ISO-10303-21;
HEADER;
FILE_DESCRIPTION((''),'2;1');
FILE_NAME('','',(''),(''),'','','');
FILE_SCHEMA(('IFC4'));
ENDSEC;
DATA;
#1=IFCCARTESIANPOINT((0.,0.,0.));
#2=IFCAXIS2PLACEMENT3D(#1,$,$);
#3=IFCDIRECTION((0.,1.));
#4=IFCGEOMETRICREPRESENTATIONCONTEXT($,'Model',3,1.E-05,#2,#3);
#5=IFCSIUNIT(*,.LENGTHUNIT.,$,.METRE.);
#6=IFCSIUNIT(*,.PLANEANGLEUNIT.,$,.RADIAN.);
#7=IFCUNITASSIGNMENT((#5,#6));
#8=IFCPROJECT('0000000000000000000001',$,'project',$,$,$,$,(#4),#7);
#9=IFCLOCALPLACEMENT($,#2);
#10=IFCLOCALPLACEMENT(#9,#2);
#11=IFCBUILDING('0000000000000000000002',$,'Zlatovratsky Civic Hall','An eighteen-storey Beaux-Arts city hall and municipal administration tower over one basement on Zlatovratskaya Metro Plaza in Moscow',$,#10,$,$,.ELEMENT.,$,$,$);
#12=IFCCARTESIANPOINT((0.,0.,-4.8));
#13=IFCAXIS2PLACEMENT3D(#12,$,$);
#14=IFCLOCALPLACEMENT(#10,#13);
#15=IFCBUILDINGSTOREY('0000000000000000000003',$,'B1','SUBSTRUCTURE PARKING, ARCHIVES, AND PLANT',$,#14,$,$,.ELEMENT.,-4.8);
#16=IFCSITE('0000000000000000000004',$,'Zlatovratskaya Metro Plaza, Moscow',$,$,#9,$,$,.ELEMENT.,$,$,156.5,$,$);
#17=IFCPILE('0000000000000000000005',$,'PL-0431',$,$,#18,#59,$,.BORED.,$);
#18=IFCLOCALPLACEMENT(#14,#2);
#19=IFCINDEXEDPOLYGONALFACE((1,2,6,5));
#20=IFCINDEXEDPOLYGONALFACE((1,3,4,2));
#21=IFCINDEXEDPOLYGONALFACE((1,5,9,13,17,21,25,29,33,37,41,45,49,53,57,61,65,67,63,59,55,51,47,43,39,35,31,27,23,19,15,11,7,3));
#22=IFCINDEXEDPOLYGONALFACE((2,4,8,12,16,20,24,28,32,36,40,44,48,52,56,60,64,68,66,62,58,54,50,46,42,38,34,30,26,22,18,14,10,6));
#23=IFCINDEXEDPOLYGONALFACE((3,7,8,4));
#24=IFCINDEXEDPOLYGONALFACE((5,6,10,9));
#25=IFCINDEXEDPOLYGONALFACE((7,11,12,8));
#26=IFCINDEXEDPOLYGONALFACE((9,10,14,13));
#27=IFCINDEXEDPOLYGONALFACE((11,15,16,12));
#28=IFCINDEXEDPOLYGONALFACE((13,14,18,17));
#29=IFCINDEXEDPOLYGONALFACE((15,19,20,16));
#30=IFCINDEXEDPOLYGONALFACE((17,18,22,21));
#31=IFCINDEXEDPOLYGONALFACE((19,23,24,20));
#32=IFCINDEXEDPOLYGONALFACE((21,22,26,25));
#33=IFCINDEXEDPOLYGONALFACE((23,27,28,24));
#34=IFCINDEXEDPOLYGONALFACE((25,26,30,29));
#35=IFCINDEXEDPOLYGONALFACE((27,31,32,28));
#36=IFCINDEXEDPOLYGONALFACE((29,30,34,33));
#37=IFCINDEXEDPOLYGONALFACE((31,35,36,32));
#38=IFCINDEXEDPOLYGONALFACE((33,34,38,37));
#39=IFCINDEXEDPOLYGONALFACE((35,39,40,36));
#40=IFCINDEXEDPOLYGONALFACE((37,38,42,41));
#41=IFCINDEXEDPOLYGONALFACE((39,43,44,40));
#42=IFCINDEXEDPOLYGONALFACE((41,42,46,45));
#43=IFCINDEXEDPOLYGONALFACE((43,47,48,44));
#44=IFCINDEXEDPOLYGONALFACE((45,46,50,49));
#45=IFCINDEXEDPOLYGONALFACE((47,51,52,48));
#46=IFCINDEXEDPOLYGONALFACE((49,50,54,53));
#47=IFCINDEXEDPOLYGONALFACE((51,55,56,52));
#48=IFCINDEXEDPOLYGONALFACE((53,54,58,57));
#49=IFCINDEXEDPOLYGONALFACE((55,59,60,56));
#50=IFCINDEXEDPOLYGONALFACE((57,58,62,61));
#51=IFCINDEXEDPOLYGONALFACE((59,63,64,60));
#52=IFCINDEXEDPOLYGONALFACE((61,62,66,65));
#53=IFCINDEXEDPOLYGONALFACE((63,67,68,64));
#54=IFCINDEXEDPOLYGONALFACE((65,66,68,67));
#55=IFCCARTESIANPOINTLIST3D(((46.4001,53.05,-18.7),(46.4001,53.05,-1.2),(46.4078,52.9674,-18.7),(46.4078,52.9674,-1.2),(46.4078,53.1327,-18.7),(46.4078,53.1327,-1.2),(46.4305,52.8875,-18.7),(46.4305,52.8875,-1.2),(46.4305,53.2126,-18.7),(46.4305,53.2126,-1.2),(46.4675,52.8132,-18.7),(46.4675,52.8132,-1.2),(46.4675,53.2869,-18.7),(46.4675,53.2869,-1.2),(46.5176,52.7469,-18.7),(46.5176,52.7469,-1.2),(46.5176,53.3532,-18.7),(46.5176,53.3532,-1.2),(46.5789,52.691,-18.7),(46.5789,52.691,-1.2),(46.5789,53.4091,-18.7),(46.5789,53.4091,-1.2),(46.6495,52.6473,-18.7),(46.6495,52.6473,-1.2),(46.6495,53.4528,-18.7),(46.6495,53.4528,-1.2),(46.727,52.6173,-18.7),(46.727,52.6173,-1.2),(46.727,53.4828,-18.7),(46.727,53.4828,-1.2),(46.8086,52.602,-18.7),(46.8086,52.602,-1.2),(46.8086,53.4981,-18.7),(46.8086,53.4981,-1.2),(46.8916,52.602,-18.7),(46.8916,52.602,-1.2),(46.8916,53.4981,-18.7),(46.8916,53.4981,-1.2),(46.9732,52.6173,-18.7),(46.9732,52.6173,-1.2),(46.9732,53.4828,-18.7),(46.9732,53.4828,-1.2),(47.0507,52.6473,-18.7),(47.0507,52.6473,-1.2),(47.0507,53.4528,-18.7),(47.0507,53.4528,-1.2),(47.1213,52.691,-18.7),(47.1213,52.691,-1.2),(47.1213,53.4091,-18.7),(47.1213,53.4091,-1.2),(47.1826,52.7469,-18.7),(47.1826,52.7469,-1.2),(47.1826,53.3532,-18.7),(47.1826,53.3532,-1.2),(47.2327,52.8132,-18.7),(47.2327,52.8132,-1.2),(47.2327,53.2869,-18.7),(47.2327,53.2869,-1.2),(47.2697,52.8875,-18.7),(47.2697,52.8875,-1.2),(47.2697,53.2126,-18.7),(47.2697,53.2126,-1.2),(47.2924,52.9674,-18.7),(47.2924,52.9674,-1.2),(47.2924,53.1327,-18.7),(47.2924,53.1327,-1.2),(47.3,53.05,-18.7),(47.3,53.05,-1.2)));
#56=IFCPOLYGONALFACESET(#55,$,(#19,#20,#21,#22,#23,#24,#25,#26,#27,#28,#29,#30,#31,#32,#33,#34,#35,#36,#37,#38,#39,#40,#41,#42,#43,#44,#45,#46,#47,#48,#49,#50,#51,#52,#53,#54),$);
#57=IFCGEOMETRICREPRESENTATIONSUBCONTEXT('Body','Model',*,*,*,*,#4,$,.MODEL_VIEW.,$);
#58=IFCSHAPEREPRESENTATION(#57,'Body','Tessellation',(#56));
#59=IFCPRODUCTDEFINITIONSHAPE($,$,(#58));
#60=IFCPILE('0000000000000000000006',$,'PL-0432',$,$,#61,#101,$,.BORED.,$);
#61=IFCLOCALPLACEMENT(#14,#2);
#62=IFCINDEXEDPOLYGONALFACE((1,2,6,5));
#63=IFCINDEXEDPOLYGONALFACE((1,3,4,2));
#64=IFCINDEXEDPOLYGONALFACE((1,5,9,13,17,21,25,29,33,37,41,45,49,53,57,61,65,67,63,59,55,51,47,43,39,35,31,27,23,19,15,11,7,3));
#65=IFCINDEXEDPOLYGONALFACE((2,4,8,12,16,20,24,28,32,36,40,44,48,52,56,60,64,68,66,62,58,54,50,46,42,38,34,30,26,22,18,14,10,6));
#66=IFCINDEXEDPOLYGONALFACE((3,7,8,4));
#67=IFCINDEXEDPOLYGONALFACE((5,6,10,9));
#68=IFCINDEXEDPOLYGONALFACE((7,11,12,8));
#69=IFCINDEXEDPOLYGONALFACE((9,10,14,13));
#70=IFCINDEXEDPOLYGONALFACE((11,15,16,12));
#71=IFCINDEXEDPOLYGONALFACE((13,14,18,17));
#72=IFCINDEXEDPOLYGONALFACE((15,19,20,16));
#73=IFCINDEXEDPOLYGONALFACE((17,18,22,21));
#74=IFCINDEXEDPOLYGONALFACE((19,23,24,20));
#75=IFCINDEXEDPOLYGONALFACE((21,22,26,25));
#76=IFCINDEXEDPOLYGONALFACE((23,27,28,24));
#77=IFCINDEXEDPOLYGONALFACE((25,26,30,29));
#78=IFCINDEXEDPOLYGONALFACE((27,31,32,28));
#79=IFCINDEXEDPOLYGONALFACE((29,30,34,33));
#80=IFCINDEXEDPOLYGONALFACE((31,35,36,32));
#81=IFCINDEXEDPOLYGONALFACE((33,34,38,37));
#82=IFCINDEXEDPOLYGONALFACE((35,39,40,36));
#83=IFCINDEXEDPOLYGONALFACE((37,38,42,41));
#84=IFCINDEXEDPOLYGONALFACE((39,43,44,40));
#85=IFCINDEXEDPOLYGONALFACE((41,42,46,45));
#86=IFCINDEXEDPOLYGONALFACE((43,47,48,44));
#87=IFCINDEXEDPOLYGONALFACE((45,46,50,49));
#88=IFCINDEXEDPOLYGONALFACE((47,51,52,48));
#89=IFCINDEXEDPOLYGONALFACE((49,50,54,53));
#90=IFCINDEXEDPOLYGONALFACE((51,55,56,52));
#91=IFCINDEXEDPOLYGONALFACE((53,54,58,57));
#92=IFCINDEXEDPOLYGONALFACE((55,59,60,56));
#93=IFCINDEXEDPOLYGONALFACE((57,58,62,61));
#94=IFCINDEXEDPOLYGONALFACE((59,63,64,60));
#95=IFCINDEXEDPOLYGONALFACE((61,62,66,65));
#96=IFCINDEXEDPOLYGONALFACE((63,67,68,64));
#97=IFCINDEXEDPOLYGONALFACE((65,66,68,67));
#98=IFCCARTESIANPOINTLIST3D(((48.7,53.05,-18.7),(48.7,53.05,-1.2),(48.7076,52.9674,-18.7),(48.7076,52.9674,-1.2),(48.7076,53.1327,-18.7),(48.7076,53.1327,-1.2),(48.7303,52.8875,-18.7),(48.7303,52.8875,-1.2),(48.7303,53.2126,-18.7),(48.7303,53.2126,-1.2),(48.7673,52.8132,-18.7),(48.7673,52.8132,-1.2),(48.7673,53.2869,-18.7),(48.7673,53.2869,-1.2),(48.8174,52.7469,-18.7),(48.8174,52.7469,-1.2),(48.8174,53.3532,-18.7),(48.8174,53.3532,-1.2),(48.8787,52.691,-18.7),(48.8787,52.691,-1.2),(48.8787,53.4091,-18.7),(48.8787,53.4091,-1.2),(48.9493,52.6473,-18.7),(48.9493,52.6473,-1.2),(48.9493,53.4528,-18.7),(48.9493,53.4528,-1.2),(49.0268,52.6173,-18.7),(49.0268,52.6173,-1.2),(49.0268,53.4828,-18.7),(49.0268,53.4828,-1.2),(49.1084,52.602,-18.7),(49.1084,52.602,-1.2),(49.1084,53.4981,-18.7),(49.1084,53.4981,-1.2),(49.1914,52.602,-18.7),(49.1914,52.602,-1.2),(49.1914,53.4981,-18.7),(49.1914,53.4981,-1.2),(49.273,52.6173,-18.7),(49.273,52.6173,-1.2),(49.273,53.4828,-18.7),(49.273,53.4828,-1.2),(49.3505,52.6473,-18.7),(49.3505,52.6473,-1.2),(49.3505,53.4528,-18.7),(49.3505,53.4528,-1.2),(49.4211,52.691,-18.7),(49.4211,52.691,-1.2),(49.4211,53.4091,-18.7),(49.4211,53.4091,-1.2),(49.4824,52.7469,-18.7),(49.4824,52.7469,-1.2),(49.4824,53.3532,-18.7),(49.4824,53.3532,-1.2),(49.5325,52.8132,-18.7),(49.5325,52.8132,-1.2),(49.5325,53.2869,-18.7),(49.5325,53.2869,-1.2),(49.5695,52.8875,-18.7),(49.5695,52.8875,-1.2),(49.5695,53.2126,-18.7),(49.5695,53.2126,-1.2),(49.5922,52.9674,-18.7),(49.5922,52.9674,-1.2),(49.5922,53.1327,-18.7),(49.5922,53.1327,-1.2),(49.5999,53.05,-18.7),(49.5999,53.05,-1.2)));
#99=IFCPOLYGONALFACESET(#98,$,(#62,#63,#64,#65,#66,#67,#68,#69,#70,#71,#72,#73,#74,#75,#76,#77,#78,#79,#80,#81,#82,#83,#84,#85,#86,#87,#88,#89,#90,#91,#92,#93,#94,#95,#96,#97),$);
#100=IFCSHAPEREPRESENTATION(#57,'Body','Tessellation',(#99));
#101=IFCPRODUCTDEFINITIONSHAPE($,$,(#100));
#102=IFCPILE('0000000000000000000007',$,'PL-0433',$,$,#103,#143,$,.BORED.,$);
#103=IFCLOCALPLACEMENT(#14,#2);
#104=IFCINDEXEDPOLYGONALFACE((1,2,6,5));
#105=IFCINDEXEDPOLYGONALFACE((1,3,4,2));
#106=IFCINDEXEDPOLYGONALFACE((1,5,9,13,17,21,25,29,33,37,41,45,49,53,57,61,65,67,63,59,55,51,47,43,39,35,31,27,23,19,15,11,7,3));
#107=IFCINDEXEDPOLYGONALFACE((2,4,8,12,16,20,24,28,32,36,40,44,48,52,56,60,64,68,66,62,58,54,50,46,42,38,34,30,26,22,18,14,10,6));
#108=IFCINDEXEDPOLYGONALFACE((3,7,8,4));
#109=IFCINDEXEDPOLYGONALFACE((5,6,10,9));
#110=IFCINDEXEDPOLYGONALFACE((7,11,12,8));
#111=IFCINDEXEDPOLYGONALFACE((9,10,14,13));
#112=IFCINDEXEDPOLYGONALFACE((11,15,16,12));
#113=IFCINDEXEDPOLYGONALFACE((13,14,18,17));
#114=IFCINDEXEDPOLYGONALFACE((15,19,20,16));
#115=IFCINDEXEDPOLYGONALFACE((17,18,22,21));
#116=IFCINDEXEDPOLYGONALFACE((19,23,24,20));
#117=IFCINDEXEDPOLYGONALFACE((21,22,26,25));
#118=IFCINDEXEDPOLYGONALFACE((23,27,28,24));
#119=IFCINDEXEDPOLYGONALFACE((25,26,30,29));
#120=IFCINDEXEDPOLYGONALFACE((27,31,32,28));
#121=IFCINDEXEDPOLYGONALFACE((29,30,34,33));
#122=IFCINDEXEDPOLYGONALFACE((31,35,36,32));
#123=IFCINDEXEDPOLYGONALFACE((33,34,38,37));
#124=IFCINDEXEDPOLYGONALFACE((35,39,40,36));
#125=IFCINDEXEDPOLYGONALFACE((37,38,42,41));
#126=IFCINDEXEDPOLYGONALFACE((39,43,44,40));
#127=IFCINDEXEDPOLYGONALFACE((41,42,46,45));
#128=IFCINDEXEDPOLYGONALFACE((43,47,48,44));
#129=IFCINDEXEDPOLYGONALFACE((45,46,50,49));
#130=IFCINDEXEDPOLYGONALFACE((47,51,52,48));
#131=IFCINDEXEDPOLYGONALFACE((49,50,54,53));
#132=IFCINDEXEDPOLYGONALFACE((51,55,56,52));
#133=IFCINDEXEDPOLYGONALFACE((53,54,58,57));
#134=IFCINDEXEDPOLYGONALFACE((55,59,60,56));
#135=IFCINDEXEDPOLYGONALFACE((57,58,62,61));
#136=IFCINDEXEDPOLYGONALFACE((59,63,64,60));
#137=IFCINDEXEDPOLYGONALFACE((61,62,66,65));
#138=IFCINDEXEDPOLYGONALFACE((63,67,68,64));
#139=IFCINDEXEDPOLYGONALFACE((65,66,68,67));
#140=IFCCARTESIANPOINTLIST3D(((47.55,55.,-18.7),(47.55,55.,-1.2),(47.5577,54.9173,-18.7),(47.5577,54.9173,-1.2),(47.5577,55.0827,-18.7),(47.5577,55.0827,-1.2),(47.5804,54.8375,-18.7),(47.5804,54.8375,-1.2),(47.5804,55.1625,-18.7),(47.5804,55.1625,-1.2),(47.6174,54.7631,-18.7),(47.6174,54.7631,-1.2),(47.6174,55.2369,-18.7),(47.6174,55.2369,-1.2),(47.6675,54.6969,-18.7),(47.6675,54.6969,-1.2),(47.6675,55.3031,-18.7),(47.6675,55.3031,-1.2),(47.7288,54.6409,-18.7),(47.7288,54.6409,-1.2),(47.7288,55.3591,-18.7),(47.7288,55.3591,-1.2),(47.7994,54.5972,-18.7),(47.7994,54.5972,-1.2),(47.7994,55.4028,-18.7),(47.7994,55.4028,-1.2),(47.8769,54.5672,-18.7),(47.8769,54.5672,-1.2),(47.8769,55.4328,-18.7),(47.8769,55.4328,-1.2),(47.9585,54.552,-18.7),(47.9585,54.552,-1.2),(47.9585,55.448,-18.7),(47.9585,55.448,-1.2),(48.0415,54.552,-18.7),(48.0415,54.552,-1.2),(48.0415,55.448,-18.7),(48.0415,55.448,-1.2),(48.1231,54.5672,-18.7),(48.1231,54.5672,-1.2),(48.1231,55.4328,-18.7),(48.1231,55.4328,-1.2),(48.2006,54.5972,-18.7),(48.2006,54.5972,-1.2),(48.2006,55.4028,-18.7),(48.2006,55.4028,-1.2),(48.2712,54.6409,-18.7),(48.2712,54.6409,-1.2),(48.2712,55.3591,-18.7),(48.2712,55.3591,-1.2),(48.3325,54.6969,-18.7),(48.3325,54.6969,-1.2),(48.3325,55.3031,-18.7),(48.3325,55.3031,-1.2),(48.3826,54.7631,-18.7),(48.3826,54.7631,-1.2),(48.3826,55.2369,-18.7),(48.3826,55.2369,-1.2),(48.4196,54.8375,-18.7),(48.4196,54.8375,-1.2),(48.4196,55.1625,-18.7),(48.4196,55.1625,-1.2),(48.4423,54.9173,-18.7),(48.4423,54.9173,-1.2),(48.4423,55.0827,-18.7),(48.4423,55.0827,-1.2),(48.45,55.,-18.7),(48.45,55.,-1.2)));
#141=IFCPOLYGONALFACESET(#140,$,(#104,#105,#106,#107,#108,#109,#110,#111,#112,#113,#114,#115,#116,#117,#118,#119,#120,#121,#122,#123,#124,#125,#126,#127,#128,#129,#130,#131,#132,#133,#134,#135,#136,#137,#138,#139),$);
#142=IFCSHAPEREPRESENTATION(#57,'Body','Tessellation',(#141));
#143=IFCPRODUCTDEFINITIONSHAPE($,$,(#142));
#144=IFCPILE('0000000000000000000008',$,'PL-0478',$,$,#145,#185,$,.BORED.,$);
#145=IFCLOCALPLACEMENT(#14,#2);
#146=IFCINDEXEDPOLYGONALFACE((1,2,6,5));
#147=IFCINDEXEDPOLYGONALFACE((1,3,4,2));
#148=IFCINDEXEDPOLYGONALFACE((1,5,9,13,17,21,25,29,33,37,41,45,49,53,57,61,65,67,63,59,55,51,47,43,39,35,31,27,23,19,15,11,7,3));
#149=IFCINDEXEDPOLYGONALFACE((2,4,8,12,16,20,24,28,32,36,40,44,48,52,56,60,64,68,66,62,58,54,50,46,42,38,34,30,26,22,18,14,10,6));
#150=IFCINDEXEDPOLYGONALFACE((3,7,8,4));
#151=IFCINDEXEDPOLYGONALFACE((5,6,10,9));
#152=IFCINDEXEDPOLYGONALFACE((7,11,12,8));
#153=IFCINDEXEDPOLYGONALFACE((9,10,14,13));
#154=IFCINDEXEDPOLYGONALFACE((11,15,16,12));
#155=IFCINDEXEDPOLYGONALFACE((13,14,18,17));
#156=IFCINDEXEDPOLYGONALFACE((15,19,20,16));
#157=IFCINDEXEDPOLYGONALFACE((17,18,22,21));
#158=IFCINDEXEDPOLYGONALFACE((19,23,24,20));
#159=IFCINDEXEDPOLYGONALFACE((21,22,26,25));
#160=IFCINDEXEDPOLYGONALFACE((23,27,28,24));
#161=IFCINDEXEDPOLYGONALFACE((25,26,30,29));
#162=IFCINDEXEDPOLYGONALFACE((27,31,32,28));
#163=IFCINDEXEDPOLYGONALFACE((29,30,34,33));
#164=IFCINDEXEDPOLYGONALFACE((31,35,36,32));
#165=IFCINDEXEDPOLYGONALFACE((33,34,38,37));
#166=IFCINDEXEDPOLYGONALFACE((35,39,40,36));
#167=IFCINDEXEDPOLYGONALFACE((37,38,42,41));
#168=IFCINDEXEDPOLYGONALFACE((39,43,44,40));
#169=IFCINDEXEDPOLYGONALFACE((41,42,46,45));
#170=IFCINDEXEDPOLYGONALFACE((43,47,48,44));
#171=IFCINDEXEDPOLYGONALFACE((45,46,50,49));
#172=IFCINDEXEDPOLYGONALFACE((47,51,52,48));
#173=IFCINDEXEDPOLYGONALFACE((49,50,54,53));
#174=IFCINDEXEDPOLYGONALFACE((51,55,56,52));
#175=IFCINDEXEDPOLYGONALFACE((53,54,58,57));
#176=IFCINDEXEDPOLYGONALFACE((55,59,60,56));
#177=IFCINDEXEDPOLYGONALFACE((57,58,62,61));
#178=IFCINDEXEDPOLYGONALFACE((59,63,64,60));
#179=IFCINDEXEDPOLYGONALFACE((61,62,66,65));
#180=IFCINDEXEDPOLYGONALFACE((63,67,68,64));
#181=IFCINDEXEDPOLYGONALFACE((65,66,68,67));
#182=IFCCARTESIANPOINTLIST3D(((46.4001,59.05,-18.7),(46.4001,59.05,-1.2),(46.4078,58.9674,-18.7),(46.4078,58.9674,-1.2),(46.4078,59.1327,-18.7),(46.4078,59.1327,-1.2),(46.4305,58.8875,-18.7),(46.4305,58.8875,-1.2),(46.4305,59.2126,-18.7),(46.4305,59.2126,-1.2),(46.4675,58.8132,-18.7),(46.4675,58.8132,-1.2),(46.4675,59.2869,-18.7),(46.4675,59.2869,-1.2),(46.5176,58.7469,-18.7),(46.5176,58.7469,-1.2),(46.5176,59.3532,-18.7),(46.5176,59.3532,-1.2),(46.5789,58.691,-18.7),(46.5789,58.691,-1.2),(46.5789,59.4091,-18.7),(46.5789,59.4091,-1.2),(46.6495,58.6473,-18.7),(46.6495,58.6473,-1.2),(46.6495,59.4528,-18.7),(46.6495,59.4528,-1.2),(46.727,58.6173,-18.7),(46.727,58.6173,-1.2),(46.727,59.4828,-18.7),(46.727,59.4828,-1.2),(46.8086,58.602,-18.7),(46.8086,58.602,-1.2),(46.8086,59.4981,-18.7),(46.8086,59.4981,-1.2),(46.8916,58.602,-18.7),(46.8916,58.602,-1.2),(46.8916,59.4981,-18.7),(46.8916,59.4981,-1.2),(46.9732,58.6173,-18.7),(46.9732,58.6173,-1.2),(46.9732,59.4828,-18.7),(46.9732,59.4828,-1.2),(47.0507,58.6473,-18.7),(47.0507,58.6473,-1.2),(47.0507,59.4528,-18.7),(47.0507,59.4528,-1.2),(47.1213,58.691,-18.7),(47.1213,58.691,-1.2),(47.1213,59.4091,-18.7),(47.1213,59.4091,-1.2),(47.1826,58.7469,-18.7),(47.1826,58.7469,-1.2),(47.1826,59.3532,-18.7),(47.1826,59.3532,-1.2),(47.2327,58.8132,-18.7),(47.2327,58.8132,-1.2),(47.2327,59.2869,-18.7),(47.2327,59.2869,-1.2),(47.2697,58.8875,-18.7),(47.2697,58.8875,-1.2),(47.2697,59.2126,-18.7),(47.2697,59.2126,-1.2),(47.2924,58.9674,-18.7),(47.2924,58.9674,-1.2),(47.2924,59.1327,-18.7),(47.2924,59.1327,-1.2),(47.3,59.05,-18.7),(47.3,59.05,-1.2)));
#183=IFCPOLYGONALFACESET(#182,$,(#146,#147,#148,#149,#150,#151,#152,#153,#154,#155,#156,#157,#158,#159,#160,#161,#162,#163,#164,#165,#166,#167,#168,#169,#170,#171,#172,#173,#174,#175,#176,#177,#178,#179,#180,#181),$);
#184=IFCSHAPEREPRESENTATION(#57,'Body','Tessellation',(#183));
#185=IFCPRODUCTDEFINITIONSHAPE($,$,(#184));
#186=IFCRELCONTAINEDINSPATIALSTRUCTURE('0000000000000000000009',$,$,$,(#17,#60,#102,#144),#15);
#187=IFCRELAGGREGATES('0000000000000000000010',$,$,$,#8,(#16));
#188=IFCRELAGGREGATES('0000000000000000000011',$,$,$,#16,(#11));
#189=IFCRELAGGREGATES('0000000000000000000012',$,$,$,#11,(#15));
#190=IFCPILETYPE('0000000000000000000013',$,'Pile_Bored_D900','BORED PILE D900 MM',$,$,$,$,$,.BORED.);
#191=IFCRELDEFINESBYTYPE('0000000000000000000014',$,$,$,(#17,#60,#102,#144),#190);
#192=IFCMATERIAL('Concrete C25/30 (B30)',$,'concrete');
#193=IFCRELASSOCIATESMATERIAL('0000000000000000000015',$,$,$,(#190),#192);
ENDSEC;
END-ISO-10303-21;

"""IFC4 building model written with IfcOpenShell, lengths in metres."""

from ifc_helpers import new_model, si_unit, direction, frame, origin, origin_2d, place, context, subcontext, project, spatial, circle, extrude, material, material_profile, profile_set, type_object, element, save


model = new_model("IFC4")

# Units and contexts
model_context = context("Model", 3, precision=1e-05, world=origin(), true_north=direction((0.0, 1.0)))
body_context = subcontext(model_context, "Body", "Model", "MODEL_VIEW")
ifc_project = project(units=[si_unit("LENGTHUNIT", "METRE"), si_unit("PLANEANGLEUNIT", "RADIAN")], contexts=[model_context])

# Site, building, storey
site_placement = place(None, origin())
site = spatial("IfcSite", under=ifc_project, at=site_placement, Name="Zlatovratskaya Metro Plaza, Moscow", CompositionType="ELEMENT", RefElevation=156.5)
building_placement = place(site_placement, origin())
building = spatial("IfcBuilding", under=site, at=building_placement, Name="Zlatovratsky Civic Hall", Description="An eighteen-storey Beaux-Arts city hall and municipal administration tower over one basement on Zlatovratskaya Metro Plaza in Moscow", CompositionType="ELEMENT")
storey_placement = place(building_placement, frame((0.0, 0.0, -4.8)))
storey = spatial("IfcBuildingStorey", under=building, at=storey_placement, Name="B1", Description="SUBSTRUCTURE PARKING, ARCHIVES, AND PLANT", CompositionType="ELEMENT", Elevation=-4.8)

# Shared definitions
ifc_material_1 = material(Name="Concrete C25/30 (B30)", Category="concrete")

# Piles
ifc_material_profile_1 = material_profile(ifc_material_1, circle(Radius=0.45, at=origin_2d()), Name="PILE D900")
ifc_profile_set_1 = profile_set([ifc_material_profile_1], Name="Concrete C25/30 (B30)")
pile_type_1 = type_object("IfcPileType", Name="Pile_Bored_D900", Description="BORED PILE D900 MM", PredefinedType="BORED", material=ifc_profile_set_1)
for number, where, z_axis, x_axis, name in (
    (1, (46.8501, 53.05, -1.2), (0.0, 0.0, -1.0), (1.0, 0.0, 0.0), "PL-0431"),
    (2, (49.1499, 53.05, -1.2), (0.0, 0.0, -1.0), (1.0, 0.0, 0.0), "PL-0432"),
    (3, (48.0, 55.0, -1.2), (0.0, 0.0, -1.0), (1.0, 0.0, 0.0), "PL-0433"),
    (4, (46.8501, 59.05, -1.2), (0.0, 0.0, -1.0), (1.0, 0.0, 0.0), "PL-0478"),
):
    element("IfcPile", number, at=place(storey_placement, frame(where, z_axis=z_axis, x_axis=x_axis)), inside=storey, type_object=pile_type_1, Name=name, PredefinedType="BORED", context=body_context, shape_type="SweptSolid", body=[
        extrude(circle(Radius=0.45, at=origin_2d()), origin(), (0.0, 0.0, 1.0), 17.5),
    ])

save(model, "model.ifc")
